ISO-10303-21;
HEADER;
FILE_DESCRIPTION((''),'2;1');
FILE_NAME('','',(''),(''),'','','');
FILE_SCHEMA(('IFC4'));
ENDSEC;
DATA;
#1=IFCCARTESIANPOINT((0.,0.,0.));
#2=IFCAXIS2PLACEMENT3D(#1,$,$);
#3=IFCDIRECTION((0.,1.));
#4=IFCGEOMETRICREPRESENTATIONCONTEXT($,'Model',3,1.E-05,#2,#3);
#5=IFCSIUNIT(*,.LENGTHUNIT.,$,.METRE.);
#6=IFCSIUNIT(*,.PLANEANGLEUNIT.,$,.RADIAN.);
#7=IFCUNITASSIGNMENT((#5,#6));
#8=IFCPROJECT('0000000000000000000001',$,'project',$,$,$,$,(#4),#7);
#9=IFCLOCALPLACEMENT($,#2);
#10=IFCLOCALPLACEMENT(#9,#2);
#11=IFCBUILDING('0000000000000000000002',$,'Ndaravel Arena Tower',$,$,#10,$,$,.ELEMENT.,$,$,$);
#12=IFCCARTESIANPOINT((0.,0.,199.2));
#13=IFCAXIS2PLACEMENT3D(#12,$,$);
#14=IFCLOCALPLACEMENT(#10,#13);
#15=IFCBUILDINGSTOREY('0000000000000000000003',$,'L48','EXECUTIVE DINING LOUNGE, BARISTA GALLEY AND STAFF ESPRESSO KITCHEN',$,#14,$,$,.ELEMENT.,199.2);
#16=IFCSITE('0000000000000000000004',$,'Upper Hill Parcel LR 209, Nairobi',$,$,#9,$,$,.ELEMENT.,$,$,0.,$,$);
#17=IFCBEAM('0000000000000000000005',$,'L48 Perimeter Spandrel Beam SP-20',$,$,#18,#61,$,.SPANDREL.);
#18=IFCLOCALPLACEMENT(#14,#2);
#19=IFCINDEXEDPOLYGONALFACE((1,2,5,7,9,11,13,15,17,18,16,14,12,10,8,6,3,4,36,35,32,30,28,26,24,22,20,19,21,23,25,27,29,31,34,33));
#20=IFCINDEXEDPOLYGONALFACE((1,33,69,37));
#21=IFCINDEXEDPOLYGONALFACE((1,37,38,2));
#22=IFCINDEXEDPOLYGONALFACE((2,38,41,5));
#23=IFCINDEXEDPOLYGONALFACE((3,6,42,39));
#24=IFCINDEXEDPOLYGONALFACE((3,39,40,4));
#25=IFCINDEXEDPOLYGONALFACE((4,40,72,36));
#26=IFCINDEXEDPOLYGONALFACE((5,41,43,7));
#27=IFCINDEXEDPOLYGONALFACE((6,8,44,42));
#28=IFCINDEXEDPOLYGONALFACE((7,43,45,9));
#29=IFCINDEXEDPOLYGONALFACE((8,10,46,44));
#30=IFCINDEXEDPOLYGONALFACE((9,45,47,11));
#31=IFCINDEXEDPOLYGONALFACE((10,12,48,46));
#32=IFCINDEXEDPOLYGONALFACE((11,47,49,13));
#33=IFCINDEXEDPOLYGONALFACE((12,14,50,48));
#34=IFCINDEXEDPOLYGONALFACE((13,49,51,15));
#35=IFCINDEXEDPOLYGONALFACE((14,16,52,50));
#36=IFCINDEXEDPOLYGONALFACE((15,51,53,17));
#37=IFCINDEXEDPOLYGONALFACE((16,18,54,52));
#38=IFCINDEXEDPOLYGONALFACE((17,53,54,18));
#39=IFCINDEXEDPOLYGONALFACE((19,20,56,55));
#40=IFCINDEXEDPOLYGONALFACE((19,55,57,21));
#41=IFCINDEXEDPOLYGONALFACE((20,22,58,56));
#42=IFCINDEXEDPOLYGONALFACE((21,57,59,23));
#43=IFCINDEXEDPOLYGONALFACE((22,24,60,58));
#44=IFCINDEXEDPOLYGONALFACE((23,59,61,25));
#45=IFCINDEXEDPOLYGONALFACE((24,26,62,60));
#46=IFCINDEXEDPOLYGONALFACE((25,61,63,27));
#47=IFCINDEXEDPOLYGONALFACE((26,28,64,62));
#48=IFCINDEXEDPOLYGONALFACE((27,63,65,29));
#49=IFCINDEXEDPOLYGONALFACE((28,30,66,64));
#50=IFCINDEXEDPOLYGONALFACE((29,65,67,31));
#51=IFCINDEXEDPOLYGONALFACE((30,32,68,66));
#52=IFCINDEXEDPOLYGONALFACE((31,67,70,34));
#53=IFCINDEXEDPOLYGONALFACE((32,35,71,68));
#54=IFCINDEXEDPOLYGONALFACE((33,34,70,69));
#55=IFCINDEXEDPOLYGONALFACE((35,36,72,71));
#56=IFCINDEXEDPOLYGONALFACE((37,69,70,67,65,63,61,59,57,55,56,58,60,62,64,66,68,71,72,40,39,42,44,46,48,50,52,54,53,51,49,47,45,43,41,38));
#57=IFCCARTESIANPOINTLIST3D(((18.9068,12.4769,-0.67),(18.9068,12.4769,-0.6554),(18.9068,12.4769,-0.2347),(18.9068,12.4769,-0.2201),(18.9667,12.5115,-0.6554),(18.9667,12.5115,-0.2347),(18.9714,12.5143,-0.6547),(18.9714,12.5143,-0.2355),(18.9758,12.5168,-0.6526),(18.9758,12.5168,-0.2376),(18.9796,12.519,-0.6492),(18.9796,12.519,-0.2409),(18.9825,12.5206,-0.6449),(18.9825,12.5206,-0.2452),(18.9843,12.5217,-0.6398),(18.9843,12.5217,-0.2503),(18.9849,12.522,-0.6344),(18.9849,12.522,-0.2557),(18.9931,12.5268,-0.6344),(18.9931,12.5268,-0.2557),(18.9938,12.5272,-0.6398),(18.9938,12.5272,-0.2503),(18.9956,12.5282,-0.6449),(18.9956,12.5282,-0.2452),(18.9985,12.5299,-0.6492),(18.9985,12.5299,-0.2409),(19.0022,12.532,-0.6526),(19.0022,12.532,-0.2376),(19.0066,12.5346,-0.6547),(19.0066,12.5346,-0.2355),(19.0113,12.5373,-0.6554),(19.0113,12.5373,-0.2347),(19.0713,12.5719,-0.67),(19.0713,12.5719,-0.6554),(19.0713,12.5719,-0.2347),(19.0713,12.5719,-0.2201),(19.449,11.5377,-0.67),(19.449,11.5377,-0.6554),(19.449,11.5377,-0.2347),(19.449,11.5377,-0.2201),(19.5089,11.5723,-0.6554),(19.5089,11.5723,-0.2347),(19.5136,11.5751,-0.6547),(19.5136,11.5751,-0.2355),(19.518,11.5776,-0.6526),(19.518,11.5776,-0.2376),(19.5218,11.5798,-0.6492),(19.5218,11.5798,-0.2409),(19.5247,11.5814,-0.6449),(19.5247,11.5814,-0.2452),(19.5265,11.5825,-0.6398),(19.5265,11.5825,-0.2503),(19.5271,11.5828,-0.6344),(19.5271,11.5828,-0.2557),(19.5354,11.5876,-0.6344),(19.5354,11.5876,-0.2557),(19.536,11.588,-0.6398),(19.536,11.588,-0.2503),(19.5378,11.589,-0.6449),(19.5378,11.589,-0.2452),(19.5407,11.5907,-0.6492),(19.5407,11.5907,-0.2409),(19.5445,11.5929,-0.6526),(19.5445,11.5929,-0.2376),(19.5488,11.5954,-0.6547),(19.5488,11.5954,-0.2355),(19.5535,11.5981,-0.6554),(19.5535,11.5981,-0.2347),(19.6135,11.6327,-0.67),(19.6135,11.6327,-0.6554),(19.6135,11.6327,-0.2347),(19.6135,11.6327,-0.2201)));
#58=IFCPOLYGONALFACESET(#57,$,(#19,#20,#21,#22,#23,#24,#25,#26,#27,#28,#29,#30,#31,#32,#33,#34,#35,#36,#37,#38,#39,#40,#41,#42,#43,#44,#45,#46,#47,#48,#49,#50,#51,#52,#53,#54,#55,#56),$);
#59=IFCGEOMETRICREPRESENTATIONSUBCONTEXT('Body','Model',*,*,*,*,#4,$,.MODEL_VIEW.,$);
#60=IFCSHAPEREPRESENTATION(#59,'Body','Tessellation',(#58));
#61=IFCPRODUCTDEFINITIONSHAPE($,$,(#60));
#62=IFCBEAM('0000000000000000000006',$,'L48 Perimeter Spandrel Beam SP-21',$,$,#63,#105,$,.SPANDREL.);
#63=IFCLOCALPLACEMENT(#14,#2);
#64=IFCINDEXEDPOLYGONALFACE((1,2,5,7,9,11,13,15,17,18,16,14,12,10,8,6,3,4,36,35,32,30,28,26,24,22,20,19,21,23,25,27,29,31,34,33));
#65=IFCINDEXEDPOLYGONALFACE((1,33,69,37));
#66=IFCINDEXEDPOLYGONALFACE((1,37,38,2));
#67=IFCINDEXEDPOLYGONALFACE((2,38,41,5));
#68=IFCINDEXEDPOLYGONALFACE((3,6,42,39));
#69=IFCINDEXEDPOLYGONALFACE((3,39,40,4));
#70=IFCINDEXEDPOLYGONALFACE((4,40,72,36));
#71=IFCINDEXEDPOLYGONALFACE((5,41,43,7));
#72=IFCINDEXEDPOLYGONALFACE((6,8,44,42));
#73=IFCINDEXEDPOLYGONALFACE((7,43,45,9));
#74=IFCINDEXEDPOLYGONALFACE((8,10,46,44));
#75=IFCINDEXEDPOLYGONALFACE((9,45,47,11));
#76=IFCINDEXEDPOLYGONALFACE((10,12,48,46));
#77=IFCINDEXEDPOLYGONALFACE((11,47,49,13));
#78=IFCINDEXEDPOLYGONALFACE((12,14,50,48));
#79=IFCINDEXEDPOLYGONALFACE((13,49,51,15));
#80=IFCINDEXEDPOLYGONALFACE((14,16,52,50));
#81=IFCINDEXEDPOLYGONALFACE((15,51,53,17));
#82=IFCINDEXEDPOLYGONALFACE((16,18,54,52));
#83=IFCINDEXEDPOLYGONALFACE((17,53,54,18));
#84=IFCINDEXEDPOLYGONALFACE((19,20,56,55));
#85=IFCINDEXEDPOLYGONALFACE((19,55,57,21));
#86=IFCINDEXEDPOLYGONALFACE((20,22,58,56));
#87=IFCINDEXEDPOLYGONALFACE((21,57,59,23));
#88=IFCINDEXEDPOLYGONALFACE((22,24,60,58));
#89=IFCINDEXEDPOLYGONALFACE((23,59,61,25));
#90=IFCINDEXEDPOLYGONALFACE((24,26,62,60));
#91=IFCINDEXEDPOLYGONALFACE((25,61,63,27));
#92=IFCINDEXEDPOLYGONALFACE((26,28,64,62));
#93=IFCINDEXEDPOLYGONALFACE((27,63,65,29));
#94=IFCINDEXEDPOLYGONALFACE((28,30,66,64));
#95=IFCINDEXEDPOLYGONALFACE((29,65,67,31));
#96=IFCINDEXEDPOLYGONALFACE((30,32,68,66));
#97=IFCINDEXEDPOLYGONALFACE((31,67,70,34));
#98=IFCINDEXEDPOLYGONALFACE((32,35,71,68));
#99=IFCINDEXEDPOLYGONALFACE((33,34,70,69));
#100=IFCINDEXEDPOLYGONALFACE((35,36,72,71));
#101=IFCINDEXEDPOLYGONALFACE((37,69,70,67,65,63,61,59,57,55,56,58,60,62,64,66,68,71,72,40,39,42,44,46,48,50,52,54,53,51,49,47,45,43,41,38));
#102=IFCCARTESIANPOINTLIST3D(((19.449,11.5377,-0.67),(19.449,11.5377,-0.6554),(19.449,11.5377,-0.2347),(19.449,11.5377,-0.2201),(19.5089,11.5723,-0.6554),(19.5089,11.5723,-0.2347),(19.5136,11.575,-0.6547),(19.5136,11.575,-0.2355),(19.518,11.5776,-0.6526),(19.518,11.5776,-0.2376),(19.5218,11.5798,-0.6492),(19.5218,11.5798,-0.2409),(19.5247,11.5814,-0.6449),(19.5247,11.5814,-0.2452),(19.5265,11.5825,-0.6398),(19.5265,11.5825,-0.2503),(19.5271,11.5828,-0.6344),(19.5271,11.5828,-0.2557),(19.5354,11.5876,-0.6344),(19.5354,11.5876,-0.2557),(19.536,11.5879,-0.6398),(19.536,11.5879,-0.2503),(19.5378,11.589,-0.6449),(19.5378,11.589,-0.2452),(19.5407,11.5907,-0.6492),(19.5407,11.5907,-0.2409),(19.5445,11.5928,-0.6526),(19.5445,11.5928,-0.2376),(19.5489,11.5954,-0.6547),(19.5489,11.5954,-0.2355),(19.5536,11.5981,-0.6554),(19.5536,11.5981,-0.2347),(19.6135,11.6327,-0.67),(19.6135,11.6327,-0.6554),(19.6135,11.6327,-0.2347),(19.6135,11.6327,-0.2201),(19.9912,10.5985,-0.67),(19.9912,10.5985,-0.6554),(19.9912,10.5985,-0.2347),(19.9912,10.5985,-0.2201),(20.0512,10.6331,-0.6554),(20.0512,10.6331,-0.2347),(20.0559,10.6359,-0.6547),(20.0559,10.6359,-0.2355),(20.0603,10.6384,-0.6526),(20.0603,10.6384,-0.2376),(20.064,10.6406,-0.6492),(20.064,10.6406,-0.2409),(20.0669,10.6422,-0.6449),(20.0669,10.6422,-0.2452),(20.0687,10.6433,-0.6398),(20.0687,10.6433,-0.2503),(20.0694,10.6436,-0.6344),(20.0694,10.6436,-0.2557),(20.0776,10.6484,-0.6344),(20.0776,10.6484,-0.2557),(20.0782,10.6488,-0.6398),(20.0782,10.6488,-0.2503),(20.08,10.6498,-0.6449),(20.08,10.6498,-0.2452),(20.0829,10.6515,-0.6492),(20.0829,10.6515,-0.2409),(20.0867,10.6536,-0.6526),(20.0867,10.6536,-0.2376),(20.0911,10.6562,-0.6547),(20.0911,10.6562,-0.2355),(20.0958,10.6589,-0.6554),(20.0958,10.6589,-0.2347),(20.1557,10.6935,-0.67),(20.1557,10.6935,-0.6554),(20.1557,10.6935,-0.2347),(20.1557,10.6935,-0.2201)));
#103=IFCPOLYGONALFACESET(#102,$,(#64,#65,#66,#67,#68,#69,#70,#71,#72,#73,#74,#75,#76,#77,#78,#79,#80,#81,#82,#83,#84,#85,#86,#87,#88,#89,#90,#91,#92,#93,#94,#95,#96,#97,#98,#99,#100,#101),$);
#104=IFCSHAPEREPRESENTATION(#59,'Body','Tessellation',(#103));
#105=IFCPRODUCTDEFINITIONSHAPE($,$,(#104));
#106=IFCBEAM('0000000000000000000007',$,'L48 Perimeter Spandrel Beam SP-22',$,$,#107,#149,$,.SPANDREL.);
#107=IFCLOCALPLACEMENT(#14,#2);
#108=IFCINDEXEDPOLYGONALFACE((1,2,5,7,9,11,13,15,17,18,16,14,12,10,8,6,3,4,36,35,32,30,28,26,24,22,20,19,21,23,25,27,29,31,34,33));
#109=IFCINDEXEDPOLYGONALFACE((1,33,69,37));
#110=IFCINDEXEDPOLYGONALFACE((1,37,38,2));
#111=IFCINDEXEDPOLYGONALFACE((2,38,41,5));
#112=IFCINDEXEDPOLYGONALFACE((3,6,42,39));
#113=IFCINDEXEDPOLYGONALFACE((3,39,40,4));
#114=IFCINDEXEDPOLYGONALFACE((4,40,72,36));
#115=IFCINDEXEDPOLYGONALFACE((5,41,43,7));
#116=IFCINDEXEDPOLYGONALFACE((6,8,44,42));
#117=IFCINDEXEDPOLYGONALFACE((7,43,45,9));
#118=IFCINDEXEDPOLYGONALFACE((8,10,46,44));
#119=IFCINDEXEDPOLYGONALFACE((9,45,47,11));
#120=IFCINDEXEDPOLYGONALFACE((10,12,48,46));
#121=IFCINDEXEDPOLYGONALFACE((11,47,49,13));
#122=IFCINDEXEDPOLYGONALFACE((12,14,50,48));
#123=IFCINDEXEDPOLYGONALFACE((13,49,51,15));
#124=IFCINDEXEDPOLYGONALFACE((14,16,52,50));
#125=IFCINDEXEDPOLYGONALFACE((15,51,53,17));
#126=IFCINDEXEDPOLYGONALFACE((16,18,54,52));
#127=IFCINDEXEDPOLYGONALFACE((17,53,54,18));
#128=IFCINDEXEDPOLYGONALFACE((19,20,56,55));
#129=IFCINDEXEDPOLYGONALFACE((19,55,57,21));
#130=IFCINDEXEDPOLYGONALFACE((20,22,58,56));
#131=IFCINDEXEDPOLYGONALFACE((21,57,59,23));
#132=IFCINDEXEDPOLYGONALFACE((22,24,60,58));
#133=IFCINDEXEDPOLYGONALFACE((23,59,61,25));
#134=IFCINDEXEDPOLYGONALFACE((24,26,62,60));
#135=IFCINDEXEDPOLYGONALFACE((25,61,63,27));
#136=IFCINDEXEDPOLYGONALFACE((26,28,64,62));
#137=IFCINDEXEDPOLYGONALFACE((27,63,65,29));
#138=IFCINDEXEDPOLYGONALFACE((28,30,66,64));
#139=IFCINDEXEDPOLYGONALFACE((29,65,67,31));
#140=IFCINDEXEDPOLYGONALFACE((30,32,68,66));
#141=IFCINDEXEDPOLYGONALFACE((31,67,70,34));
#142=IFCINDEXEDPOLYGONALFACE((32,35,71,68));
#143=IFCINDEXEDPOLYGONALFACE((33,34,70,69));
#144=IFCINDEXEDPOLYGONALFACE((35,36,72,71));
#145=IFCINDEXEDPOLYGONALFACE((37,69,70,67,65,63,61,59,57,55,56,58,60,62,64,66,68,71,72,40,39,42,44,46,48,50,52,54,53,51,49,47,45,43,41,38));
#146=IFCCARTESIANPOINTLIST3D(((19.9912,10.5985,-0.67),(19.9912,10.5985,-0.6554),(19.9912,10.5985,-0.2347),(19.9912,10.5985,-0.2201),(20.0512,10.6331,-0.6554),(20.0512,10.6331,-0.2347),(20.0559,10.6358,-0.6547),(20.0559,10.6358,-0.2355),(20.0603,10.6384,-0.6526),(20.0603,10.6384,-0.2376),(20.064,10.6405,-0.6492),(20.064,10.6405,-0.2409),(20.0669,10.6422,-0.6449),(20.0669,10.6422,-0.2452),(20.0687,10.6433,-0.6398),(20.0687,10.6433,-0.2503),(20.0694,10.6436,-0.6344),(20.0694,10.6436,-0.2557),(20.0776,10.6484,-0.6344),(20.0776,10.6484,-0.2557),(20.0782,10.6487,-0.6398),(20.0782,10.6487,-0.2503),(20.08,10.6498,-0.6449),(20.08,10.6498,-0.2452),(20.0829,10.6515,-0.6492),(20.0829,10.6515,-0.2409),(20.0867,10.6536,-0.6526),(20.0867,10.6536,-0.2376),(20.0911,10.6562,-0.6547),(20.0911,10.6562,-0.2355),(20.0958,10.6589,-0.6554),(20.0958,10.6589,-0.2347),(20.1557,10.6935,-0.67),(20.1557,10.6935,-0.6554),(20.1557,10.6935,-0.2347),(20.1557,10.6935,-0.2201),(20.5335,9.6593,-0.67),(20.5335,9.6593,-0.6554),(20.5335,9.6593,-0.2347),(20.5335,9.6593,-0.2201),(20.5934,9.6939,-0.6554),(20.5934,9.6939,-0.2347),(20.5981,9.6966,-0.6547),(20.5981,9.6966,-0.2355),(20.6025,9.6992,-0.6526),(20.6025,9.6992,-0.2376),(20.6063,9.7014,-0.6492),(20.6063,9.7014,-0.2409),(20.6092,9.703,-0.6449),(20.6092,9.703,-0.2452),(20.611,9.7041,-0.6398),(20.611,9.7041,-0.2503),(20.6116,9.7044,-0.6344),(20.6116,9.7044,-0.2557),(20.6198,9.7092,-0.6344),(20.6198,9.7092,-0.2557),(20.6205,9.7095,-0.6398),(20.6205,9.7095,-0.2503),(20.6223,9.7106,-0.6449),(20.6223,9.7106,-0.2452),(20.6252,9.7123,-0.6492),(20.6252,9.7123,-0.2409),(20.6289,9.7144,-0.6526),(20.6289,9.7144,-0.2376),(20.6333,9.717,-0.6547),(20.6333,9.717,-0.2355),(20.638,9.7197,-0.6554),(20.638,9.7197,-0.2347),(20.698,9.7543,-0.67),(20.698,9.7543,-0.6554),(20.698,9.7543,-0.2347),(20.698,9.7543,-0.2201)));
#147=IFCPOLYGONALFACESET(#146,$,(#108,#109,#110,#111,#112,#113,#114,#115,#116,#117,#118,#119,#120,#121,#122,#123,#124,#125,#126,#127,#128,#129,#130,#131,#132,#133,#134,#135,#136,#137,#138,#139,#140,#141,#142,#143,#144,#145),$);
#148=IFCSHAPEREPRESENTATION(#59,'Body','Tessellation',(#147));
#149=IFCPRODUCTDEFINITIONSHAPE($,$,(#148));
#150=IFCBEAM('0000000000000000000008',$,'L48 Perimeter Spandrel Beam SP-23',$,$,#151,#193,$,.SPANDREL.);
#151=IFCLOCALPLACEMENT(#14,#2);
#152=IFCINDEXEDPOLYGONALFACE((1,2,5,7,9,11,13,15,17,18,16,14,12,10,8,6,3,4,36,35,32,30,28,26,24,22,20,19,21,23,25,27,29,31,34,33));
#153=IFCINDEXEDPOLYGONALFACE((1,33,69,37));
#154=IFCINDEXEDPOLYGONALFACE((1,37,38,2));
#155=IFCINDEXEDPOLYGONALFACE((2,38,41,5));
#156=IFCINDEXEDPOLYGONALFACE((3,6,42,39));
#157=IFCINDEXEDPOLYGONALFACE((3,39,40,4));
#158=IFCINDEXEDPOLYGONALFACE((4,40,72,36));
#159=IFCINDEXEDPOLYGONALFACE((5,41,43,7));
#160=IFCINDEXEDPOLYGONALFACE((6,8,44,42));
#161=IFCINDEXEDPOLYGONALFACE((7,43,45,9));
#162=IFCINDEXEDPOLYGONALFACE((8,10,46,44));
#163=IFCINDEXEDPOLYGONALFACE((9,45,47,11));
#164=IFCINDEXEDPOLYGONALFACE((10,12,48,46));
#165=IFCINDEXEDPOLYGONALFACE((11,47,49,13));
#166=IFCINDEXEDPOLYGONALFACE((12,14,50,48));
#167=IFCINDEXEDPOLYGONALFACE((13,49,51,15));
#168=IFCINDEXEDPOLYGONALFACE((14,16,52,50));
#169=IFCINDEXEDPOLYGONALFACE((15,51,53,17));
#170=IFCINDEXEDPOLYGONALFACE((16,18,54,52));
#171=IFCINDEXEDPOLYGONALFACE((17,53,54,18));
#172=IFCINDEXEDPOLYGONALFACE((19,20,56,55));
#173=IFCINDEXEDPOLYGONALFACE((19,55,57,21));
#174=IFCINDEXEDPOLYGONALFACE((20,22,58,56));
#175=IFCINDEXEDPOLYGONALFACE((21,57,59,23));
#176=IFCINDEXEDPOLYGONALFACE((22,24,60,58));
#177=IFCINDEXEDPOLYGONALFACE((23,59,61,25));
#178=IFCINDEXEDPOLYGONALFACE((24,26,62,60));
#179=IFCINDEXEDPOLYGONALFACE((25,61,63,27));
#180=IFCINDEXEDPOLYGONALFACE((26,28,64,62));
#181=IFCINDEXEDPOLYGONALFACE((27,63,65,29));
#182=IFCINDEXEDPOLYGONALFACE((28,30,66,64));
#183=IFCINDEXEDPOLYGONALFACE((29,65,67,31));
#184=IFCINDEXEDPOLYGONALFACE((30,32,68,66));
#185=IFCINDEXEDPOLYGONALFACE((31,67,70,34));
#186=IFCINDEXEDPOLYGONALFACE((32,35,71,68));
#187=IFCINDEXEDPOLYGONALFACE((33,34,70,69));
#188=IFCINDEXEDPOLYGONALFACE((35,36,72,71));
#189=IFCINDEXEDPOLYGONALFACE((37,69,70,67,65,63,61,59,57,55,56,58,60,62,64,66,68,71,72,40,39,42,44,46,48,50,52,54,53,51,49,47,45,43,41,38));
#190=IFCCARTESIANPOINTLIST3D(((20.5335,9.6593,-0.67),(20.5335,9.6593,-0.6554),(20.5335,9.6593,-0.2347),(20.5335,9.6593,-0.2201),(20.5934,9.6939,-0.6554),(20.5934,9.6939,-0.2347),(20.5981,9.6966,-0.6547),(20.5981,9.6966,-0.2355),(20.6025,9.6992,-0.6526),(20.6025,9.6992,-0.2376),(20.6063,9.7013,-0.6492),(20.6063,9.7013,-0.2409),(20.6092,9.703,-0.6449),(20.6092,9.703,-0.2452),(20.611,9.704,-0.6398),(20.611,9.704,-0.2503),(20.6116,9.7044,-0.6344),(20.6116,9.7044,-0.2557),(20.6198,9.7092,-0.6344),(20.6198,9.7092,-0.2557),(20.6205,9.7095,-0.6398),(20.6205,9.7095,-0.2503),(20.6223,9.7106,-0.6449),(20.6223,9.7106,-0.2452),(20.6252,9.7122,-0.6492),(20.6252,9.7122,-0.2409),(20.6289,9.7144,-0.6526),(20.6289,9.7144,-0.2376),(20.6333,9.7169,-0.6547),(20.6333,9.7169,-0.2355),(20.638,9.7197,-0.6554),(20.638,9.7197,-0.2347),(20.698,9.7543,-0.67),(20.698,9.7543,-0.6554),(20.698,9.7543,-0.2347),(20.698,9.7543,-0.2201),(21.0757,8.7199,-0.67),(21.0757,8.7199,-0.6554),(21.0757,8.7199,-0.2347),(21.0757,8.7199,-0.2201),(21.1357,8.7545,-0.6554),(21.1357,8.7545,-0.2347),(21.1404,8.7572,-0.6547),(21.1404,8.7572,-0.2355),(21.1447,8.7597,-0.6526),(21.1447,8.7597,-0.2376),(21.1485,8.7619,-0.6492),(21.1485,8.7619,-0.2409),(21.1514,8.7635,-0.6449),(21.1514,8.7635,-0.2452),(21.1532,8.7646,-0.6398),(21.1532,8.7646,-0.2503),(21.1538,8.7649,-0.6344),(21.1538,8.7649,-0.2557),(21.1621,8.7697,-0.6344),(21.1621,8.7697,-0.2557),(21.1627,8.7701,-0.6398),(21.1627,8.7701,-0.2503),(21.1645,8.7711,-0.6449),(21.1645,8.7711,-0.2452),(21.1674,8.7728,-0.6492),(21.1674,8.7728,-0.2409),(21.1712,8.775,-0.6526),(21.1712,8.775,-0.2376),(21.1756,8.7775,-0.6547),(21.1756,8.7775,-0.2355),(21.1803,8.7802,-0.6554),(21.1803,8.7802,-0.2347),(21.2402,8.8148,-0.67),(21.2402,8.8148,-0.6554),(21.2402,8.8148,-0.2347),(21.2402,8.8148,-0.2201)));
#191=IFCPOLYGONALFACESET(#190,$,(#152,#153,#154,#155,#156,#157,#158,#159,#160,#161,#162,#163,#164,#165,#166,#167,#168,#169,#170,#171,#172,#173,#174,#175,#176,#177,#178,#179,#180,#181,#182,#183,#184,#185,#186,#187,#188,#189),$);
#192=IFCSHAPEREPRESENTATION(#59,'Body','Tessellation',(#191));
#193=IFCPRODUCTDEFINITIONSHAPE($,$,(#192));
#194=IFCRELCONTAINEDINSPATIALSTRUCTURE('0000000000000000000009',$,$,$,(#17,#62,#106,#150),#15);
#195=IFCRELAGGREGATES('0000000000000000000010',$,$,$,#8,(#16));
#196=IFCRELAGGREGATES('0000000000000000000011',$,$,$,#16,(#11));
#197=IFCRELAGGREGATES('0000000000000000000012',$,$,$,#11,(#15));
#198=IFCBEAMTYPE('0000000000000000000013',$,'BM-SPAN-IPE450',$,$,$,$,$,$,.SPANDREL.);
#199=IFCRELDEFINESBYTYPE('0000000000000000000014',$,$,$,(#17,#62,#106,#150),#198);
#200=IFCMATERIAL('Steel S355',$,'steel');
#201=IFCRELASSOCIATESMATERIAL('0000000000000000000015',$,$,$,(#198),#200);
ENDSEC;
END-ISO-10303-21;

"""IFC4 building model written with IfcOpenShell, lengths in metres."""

from ifc_helpers import new_model, si_unit, direction, frame, origin, origin_2d, place, context, subcontext, project, spatial, i_section, extrude, material, material_profile, profile_set, type_object, element, save


model = new_model("IFC4")

# Units and contexts
model_context = context("Model", 3, precision=1e-05, world=origin(), true_north=direction((0.0, 1.0)))
body_context = subcontext(model_context, "Body", "Model", "MODEL_VIEW")
ifc_project = project(units=[si_unit("LENGTHUNIT", "METRE"), si_unit("PLANEANGLEUNIT", "RADIAN")], contexts=[model_context])

# Site, building, storey
site_placement = place(None, origin())
site = spatial("IfcSite", under=ifc_project, at=site_placement, Name="Upper Hill Parcel LR 209, Nairobi", CompositionType="ELEMENT", RefElevation=0.0)
building_placement = place(site_placement, origin())
building = spatial("IfcBuilding", under=site, at=building_placement, Name="Ndaravel Arena Tower", CompositionType="ELEMENT")
storey_placement = place(building_placement, frame((0.0, 0.0, 199.2)))
storey = spatial("IfcBuildingStorey", under=building, at=storey_placement, Name="L48", Description="EXECUTIVE DINING LOUNGE, BARISTA GALLEY AND STAFF ESPRESSO KITCHEN", CompositionType="ELEMENT", Elevation=199.2)

# Beams
ifc_material_1 = material(Name="Steel S355", Category="steel")
ifc_material_profile_1 = material_profile(ifc_material_1, i_section(OverallWidth=0.1899, OverallDepth=0.45, WebThickness=0.0095, FlangeThickness=0.0146, FilletRadius=0.021, at=origin_2d()), Name="IPE 450")
ifc_profile_set_1 = profile_set([ifc_material_profile_1], Name="Steel S355")
beam_type = type_object("IfcBeamType", Name="BM-SPAN-IPE450", PredefinedType="SPANDREL", material=ifc_profile_set_1)
for number, where, z_axis, x_axis, name in (
    (1, (18.989, 12.5244, -0.4451), (0.499989, -0.866032, 0.0), (0.866032, 0.499989, 0.0), "L48 Perimeter Spandrel Beam SP-20"),
    (2, (19.5312, 11.5852, -0.4451), (0.499989, -0.866032, 0.0), (0.866032, 0.499989, 0.0), "L48 Perimeter Spandrel Beam SP-21"),
    (3, (20.0735, 10.646, -0.4451), (0.499989, -0.866032, 0.0), (0.866032, 0.499989, 0.0), "L48 Perimeter Spandrel Beam SP-22"),
):
    element("IfcBeam", number, at=place(storey_placement, frame(where, z_axis=z_axis, x_axis=x_axis)), inside=storey, type_object=beam_type, Name=name, PredefinedType="SPANDREL", context=body_context, shape_type="SweptSolid", body=[
        extrude(i_section(OverallWidth=0.1899, OverallDepth=0.45, WebThickness=0.0095, FlangeThickness=0.0146, FilletRadius=0.021, at=origin_2d()), origin(), (0.0, 0.0, 1.0), 1.0845),
    ])
beam_1_placement = place(storey_placement, frame((20.6157, 9.7068, -0.4451), z_axis=(0.499891, -0.866088, 0.0), x_axis=(0.866088, 0.499891, 0.0)))
element("IfcBeam", 4, at=beam_1_placement, inside=storey, type_object=beam_type, Name="L48 Perimeter Spandrel Beam SP-23", PredefinedType="SPANDREL", context=body_context, shape_type="SweptSolid", body=[
    extrude(i_section(OverallWidth=0.1899, OverallDepth=0.45, WebThickness=0.0095, FlangeThickness=0.0146, FilletRadius=0.021, at=origin_2d()), origin(), (0.0, 0.0, 1.0), 1.0847),
])

save(model, "model.ifc")
